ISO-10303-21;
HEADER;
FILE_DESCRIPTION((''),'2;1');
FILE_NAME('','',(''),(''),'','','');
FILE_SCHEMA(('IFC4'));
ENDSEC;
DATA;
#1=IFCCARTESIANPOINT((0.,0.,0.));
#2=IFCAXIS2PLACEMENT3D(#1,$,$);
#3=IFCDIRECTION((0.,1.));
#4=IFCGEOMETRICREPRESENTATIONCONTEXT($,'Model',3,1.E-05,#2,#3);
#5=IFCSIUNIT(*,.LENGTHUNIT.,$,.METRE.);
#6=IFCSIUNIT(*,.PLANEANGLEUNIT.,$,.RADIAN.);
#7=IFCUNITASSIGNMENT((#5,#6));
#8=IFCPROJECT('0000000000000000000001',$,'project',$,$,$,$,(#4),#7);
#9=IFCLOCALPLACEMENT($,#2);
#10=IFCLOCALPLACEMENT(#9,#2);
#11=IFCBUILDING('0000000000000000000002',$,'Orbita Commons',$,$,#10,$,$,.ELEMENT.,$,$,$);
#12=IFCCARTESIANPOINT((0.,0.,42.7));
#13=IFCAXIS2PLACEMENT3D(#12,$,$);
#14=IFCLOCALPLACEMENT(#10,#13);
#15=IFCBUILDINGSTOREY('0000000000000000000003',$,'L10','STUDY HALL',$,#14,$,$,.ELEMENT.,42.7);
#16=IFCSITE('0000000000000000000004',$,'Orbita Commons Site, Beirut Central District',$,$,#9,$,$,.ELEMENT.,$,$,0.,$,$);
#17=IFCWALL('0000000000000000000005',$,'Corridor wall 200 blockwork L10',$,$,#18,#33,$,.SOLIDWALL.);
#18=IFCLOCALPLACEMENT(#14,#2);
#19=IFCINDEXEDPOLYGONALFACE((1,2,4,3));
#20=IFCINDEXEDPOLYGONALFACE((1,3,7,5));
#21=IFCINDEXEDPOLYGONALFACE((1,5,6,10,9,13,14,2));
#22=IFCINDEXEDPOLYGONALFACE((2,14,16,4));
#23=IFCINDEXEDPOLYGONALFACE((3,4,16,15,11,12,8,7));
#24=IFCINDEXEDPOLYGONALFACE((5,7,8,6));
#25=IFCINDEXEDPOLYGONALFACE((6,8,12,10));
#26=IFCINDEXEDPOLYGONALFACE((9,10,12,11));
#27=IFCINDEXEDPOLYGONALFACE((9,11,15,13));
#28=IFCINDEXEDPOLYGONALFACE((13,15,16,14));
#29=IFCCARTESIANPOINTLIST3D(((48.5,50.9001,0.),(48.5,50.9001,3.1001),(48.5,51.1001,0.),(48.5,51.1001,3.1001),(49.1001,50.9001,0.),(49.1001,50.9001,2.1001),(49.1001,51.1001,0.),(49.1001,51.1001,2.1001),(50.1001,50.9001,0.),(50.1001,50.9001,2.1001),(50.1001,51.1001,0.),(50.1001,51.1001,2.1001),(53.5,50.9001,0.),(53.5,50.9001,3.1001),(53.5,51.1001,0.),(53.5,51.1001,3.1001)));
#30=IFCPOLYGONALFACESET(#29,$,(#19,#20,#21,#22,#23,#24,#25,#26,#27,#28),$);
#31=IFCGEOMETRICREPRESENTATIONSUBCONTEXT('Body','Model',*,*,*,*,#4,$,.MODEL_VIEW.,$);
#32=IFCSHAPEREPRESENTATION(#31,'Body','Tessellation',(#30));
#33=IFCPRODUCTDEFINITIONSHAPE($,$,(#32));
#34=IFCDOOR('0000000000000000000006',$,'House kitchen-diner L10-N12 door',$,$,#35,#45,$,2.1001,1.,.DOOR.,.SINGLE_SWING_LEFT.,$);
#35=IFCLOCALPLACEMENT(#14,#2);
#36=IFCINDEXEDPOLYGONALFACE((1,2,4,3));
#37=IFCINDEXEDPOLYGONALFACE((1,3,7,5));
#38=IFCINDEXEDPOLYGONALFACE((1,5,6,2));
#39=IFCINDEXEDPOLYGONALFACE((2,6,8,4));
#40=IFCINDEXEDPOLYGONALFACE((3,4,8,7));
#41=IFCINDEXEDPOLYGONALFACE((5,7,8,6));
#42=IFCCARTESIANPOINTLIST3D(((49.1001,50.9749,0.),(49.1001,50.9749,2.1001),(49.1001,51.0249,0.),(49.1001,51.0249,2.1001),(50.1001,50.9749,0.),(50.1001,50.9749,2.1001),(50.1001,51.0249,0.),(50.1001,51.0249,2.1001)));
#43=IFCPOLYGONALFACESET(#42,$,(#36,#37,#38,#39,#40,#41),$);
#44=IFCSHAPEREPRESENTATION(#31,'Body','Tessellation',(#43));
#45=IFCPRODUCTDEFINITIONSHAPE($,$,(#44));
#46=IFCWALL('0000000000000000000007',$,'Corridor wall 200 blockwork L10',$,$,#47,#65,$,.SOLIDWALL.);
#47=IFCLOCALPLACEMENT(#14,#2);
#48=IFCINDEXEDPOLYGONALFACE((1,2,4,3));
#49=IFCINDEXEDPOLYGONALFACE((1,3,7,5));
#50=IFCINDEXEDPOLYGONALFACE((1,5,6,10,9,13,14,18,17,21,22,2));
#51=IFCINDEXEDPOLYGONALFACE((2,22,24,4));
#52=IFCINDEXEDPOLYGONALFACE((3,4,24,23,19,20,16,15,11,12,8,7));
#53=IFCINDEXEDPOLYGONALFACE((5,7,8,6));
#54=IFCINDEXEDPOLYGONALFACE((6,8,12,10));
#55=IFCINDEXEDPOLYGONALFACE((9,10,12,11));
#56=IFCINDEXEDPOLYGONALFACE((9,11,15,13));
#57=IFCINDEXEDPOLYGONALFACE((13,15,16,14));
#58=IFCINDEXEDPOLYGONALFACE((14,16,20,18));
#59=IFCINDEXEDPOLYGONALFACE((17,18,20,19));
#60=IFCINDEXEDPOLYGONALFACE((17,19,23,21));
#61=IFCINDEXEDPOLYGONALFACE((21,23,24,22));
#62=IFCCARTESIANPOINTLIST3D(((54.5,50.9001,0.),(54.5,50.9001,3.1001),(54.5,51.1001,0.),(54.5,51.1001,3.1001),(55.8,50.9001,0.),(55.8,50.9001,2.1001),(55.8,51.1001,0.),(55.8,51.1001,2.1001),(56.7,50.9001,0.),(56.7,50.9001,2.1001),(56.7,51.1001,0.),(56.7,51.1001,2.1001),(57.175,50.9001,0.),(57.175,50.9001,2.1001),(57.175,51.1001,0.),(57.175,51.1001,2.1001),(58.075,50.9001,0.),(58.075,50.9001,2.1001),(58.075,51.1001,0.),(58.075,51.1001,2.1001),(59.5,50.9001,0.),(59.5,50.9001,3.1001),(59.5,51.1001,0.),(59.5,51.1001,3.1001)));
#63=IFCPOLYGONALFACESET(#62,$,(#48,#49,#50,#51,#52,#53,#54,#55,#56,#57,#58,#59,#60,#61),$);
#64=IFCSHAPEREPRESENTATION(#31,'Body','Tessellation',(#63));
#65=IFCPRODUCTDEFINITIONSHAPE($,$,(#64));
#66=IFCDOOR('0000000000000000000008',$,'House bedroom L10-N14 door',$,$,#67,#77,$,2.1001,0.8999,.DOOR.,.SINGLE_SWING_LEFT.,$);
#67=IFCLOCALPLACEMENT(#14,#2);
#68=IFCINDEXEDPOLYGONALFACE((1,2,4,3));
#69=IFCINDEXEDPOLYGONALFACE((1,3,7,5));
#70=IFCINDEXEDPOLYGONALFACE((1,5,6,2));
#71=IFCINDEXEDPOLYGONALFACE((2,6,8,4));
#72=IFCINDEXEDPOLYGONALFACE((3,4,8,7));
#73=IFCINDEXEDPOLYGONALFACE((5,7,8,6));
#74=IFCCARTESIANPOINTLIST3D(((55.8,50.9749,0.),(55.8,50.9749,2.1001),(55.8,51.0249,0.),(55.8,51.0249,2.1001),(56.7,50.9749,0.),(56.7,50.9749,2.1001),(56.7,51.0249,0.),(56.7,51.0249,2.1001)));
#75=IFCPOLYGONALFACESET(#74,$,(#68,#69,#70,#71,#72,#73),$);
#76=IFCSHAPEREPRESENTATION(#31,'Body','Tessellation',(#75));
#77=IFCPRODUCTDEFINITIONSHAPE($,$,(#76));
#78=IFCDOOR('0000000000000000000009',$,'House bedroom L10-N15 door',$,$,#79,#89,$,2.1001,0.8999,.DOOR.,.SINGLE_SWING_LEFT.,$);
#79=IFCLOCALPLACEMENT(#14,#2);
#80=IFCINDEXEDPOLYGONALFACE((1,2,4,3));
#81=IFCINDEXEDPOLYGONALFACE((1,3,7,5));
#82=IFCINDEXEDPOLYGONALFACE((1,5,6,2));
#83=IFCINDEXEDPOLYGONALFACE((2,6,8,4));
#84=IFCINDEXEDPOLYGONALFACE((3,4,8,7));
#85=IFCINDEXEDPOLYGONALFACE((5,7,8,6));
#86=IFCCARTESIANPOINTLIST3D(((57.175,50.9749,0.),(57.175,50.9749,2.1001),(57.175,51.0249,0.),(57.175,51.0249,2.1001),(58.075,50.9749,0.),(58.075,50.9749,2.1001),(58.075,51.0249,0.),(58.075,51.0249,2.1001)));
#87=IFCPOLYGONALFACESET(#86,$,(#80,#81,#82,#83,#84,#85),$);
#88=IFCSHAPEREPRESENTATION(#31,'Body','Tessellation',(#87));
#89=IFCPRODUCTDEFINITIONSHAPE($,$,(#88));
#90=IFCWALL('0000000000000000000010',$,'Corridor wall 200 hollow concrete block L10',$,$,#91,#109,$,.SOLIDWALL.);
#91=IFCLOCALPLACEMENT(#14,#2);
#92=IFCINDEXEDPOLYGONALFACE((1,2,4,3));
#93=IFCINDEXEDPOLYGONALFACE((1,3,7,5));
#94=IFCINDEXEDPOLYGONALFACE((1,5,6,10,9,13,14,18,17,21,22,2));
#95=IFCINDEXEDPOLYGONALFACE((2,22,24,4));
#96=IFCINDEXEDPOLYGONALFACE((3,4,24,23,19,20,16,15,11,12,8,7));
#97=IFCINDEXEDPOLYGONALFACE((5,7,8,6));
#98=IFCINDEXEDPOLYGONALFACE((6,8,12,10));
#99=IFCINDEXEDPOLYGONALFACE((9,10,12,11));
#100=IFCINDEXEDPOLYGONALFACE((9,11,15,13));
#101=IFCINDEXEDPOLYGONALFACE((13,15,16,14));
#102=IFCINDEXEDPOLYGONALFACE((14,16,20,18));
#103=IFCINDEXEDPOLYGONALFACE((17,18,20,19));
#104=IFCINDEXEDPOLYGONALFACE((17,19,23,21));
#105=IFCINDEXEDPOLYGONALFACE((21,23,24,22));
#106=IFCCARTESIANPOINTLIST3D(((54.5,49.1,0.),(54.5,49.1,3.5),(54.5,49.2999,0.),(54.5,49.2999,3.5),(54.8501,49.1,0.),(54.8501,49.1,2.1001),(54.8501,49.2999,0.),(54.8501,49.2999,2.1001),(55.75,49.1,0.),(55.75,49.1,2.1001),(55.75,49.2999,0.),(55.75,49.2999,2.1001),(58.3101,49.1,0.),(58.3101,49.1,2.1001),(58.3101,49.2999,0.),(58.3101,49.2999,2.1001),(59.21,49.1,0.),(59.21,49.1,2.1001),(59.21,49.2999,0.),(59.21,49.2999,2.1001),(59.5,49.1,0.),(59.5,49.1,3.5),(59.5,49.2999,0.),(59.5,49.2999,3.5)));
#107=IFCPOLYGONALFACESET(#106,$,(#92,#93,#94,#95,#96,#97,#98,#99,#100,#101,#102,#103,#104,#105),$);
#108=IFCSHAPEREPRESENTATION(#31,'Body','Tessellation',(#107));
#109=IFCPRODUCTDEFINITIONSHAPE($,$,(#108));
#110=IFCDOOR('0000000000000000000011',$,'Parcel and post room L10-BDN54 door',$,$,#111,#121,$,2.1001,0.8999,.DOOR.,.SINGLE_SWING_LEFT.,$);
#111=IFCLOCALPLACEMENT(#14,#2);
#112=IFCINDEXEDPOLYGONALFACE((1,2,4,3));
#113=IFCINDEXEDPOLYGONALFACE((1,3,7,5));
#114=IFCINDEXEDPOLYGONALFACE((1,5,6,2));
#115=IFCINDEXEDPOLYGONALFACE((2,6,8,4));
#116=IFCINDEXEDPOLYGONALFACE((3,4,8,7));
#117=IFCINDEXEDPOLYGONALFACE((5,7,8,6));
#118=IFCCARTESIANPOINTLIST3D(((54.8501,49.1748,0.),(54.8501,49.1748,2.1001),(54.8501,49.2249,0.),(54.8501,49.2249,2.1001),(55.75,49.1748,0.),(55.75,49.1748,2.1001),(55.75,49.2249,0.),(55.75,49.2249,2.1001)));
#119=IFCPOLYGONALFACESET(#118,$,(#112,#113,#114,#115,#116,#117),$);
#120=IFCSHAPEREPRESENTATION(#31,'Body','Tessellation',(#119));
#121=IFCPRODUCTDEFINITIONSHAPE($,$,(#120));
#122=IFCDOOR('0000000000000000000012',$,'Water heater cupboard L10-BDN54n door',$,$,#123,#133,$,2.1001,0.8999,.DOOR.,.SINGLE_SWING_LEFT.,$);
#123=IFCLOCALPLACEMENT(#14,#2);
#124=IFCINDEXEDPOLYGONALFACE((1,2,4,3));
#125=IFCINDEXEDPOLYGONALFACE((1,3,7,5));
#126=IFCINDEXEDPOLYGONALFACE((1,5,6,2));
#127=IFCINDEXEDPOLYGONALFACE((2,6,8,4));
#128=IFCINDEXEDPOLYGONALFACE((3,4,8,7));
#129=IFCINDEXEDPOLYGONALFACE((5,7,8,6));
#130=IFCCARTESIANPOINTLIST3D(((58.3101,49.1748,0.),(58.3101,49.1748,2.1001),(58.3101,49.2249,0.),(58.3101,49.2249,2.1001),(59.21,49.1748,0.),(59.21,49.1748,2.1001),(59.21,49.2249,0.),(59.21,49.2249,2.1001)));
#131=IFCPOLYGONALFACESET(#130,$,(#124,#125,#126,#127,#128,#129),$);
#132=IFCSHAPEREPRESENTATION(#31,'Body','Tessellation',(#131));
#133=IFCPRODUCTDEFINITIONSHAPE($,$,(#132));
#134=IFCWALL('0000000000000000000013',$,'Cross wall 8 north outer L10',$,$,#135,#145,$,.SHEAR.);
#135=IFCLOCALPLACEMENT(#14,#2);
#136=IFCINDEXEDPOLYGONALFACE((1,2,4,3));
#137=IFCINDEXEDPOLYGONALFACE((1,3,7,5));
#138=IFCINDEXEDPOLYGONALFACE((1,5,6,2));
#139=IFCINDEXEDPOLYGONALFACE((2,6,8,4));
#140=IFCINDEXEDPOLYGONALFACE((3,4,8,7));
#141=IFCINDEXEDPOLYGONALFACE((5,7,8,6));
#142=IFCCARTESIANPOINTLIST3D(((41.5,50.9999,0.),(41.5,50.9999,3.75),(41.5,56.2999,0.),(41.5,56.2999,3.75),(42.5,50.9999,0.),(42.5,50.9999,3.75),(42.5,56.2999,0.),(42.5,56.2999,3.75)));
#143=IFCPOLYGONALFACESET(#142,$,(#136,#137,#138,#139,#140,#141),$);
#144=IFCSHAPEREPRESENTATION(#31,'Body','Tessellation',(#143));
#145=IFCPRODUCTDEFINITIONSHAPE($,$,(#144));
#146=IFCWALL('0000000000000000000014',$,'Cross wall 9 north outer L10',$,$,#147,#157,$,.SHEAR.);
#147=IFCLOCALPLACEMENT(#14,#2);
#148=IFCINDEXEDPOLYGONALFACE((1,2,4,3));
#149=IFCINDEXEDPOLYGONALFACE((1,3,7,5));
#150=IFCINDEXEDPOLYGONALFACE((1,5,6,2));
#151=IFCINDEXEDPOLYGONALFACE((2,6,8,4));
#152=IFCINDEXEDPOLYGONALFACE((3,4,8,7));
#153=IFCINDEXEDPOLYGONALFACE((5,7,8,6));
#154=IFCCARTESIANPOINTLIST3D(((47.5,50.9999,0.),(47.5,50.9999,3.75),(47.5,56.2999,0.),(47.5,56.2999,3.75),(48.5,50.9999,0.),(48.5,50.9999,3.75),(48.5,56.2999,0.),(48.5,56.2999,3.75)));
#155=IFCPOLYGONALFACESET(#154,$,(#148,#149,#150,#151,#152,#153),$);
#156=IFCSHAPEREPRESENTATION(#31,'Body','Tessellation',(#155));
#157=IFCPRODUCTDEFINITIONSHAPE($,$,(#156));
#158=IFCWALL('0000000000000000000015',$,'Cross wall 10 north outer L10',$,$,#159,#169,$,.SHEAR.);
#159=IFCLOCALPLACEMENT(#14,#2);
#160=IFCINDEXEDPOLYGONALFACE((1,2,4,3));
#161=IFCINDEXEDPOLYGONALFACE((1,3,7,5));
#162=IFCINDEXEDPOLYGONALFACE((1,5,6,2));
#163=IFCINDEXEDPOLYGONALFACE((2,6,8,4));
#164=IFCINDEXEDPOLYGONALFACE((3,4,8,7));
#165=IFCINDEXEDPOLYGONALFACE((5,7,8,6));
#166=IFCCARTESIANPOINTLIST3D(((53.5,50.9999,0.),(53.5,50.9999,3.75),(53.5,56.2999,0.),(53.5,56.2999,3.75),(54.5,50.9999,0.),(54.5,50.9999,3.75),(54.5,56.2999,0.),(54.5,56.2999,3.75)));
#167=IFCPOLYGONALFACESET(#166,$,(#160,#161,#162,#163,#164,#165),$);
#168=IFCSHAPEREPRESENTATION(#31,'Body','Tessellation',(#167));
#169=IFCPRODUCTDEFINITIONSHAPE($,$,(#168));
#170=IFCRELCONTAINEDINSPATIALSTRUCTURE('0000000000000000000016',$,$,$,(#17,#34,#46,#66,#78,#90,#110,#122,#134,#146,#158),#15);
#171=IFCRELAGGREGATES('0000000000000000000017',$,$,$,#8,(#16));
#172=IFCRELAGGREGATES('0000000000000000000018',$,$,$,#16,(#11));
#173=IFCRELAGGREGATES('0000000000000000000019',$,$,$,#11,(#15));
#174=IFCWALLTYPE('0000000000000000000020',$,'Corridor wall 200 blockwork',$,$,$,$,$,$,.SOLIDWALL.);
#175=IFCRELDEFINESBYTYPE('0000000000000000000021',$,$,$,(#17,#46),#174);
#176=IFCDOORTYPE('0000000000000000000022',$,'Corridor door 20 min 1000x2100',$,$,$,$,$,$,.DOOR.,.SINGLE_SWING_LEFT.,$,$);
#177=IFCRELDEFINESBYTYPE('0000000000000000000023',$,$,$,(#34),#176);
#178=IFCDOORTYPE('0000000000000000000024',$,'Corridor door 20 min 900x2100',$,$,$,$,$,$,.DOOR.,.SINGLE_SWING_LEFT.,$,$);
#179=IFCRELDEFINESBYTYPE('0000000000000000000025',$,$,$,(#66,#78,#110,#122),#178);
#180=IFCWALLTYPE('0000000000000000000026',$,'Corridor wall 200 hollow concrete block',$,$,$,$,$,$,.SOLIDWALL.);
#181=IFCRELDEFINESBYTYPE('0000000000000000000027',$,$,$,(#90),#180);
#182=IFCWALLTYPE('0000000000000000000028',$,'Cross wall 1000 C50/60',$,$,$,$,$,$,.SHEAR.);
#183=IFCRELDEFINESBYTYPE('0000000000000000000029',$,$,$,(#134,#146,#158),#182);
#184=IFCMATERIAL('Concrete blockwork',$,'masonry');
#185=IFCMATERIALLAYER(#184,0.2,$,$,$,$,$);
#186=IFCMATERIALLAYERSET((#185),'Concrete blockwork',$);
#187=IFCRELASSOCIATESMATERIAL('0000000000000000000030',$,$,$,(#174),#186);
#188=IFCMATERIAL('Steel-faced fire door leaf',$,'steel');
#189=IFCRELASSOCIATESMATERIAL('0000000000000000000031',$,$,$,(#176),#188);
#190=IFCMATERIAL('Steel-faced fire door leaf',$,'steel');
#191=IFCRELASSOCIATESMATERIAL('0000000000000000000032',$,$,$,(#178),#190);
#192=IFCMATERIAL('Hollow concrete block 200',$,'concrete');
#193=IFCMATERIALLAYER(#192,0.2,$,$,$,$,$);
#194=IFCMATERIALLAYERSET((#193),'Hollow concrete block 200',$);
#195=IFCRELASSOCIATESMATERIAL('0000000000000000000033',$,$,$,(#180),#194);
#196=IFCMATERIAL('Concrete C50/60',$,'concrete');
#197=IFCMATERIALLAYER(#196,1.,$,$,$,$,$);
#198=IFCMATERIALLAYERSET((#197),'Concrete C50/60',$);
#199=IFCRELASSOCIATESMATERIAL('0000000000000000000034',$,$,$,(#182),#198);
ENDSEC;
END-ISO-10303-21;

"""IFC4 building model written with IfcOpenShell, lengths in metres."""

from ifc_helpers import new_model, si_unit, direction, frame, frame_2d, origin, place, context, subcontext, project, spatial, polyline, rectangle, outline, extrude, material, layer, layer_set, type_object, element, fill, save


model = new_model("IFC4")

# Units and contexts
model_context = context("Model", 3, precision=1e-05, world=origin(), true_north=direction((0.0, 1.0)))
body_context = subcontext(model_context, "Body", "Model", "MODEL_VIEW")
ifc_project = project(units=[si_unit("LENGTHUNIT", "METRE"), si_unit("PLANEANGLEUNIT", "RADIAN")], contexts=[model_context])

# Site, building, storey
site_placement = place(None, origin())
site = spatial("IfcSite", under=ifc_project, at=site_placement, Name="Orbita Commons Site, Beirut Central District", CompositionType="ELEMENT", RefElevation=0.0)
building_placement = place(site_placement, origin())
building = spatial("IfcBuilding", under=site, at=building_placement, Name="Orbita Commons", CompositionType="ELEMENT")
storey_placement = place(building_placement, frame((0.0, 0.0, 42.7)))
storey = spatial("IfcBuildingStorey", under=building, at=storey_placement, Name="L10", Description="STUDY HALL", CompositionType="ELEMENT", Elevation=42.7)

# Wall, opening, door
ifc_material_1 = material(Name="Concrete blockwork", Category="masonry")
ifc_layer_1 = layer(ifc_material_1, 0.2)
ifc_layer_set_1 = layer_set([ifc_layer_1], Name="Concrete blockwork")
wall_type_1 = type_object("IfcWallType", Name="Corridor wall 200 blockwork", PredefinedType="SOLIDWALL", material=ifc_layer_set_1)
ifc_material_2 = material(Name="Steel-faced fire door leaf", Category="steel")
door_type_1 = type_object("IfcDoorType", Name="Corridor door 20 min 1000x2100", OperationType="SINGLE_SWING_LEFT", PredefinedType="DOOR", material=ifc_material_2)
wall_1_placement = place(storey_placement, frame((48.5, 51.0, 0.0), z_axis=(0.0, 0.0, 1.0), x_axis=(1.0, 0.0, 0.0)))
wall_1 = element("IfcWall", 1, at=wall_1_placement, inside=storey, type_object=wall_type_1, Name="Corridor wall 200 blockwork L10", PredefinedType="SOLIDWALL", context=body_context, shape_type="SweptSolid", body=[
    extrude(outline(polyline([(0.0, 0.0), (5.0, 0.0), (5.0, 3.1001), (0.0, 3.1001), (0.0, 0.0)])), frame((0.0, 0.1001, 0.0), z_axis=(0.0, -1.0, 0.0), x_axis=(1.0, 0.0, 0.0)), (0.0, 0.0, 1.0), 0.2),
])
opening_1_placement = place(wall_1_placement, frame((0.6001, 0.0, 0.0)))
opening_1 = element("IfcOpeningElement", 2, at=opening_1_placement, cuts=wall_1, PredefinedType="OPENING", context=body_context, shape_type="SweptSolid", body=[
    extrude(rectangle(XDim=1.0, YDim=2.1001, at=frame_2d((0.5, 1.05))), frame((0.0, 0.1099, 0.0), z_axis=(0.0, -1.0, 0.0), x_axis=(1.0, 0.0, 0.0)), (0.0, 0.0, 1.0), 0.22),
])
door_1_placement = place(opening_1_placement, origin())
door_1 = element("IfcDoor", 3, at=door_1_placement, inside=storey, type_object=door_type_1, Name="House kitchen-diner L10-N12 door", OperationType="SINGLE_SWING_LEFT", OverallHeight=2.1001, OverallWidth=1.0, PredefinedType="DOOR", context=body_context, shape_type="SweptSolid", body=[
    extrude(rectangle(XDim=1.0, YDim=2.1001, at=frame_2d((0.5, 1.05))), frame((0.0, 0.0249, 0.0), z_axis=(0.0, -1.0, 0.0), x_axis=(1.0, 0.0, 0.0)), (0.0, 0.0, 1.0), 0.05),
])
fill(opening_1, door_1)

# Walls, openings, doors
wall_2_placement = place(storey_placement, frame((54.5, 51.0, 0.0), z_axis=(0.0, 0.0, 1.0), x_axis=(1.0, 0.0, 0.0)))
wall_2 = element("IfcWall", 4, at=wall_2_placement, inside=storey, type_object=wall_type_1, Name="Corridor wall 200 blockwork L10", PredefinedType="SOLIDWALL", context=body_context, shape_type="SweptSolid", body=[
    extrude(outline(polyline([(0.0, 0.0), (5.0, 0.0), (5.0, 3.1001), (0.0, 3.1001), (0.0, 0.0)])), frame((0.0, 0.1001, 0.0), z_axis=(0.0, -1.0, 0.0), x_axis=(1.0, 0.0, 0.0)), (0.0, 0.0, 1.0), 0.2),
])
opening_2_placement = place(wall_2_placement, frame((1.3, 0.0, 0.0)))
opening_2 = element("IfcOpeningElement", 5, at=opening_2_placement, cuts=wall_2, PredefinedType="OPENING", context=body_context, shape_type="SweptSolid", body=[
    extrude(rectangle(XDim=0.8999, YDim=2.1001, at=frame_2d((0.45, 1.05))), frame((0.0, 0.1099, 0.0), z_axis=(0.0, -1.0, 0.0), x_axis=(1.0, 0.0, 0.0)), (0.0, 0.0, 1.0), 0.22),
])
opening_3_placement = place(wall_2_placement, frame((2.675, 0.0, 0.0)))
opening_3 = element("IfcOpeningElement", 6, at=opening_3_placement, cuts=wall_2, PredefinedType="OPENING", context=body_context, shape_type="SweptSolid", body=[
    extrude(rectangle(XDim=0.8999, YDim=2.1001, at=frame_2d((0.45, 1.05))), frame((0.0, 0.1099, 0.0), z_axis=(0.0, -1.0, 0.0), x_axis=(1.0, 0.0, 0.0)), (0.0, 0.0, 1.0), 0.22),
])
ifc_material_3 = material(Name="Steel-faced fire door leaf", Category="steel")
door_type_2 = type_object("IfcDoorType", Name="Corridor door 20 min 900x2100", OperationType="SINGLE_SWING_LEFT", PredefinedType="DOOR", material=ifc_material_3)
door_2_placement = place(opening_2_placement, origin())
door_2 = element("IfcDoor", 7, at=door_2_placement, inside=storey, type_object=door_type_2, Name="House bedroom L10-N14 door", OperationType="SINGLE_SWING_LEFT", OverallHeight=2.1001, OverallWidth=0.8999, PredefinedType="DOOR", context=body_context, shape_type="SweptSolid", body=[
    extrude(rectangle(XDim=0.8999, YDim=2.1001, at=frame_2d((0.45, 1.05))), frame((0.0, 0.0249, 0.0), z_axis=(0.0, -1.0, 0.0), x_axis=(1.0, 0.0, 0.0)), (0.0, 0.0, 1.0), 0.05),
])
fill(opening_2, door_2)
door_3_placement = place(opening_3_placement, origin())
door_3 = element("IfcDoor", 8, at=door_3_placement, inside=storey, type_object=door_type_2, Name="House bedroom L10-N15 door", OperationType="SINGLE_SWING_LEFT", OverallHeight=2.1001, OverallWidth=0.8999, PredefinedType="DOOR", context=body_context, shape_type="SweptSolid", body=[
    extrude(rectangle(XDim=0.8999, YDim=2.1001, at=frame_2d((0.45, 1.05))), frame((0.0, 0.0249, 0.0), z_axis=(0.0, -1.0, 0.0), x_axis=(1.0, 0.0, 0.0)), (0.0, 0.0, 1.0), 0.05),
])
fill(opening_3, door_3)
ifc_material_4 = material(Name="Hollow concrete block 200", Category="concrete")
ifc_layer_2 = layer(ifc_material_4, 0.2)
ifc_layer_set_2 = layer_set([ifc_layer_2], Name="Hollow concrete block 200")
wall_type_2 = type_object("IfcWallType", Name="Corridor wall 200 hollow concrete block", PredefinedType="SOLIDWALL", material=ifc_layer_set_2)
wall_3_placement = place(storey_placement, frame((54.5, 49.2, 0.0), z_axis=(0.0, 0.0, 1.0), x_axis=(1.0, 0.0, 0.0)))
wall_3 = element("IfcWall", 9, at=wall_3_placement, inside=storey, type_object=wall_type_2, Name="Corridor wall 200 hollow concrete block L10", PredefinedType="SOLIDWALL", context=body_context, shape_type="SweptSolid", body=[
    extrude(rectangle(XDim=5.0, YDim=0.2, at=frame_2d((2.5, 0.0))), origin(), (0.0, 0.0, 1.0), 3.5),
])
opening_4_placement = place(wall_3_placement, frame((0.3501, 0.0, 0.0)))
opening_4 = element("IfcOpeningElement", 10, at=opening_4_placement, cuts=wall_3, PredefinedType="OPENING", context=body_context, shape_type="SweptSolid", body=[
    extrude(rectangle(XDim=0.8999, YDim=2.1001, at=frame_2d((0.45, 1.05))), frame((0.0, 0.1099, 0.0), z_axis=(0.0, -1.0, 0.0), x_axis=(1.0, 0.0, 0.0)), (0.0, 0.0, 1.0), 0.22),
])
opening_5_placement = place(wall_3_placement, frame((3.8101, 0.0, 0.0)))
opening_5 = element("IfcOpeningElement", 11, at=opening_5_placement, cuts=wall_3, PredefinedType="OPENING", context=body_context, shape_type="SweptSolid", body=[
    extrude(rectangle(XDim=0.8999, YDim=2.1001, at=frame_2d((0.45, 1.05))), frame((0.0, 0.1099, 0.0), z_axis=(0.0, -1.0, 0.0), x_axis=(1.0, 0.0, 0.0)), (0.0, 0.0, 1.0), 0.22),
])
door_4_placement = place(opening_4_placement, origin())
door_4 = element("IfcDoor", 12, at=door_4_placement, inside=storey, type_object=door_type_2, Name="Parcel and post room L10-BDN54 door", OperationType="SINGLE_SWING_LEFT", OverallHeight=2.1001, OverallWidth=0.8999, PredefinedType="DOOR", context=body_context, shape_type="SweptSolid", body=[
    extrude(rectangle(XDim=0.8999, YDim=2.1001, at=frame_2d((0.45, 1.05))), frame((0.0, 0.0249, 0.0), z_axis=(0.0, -1.0, 0.0), x_axis=(1.0, 0.0, 0.0)), (0.0, 0.0, 1.0), 0.05),
])
fill(opening_4, door_4)
door_5_placement = place(opening_5_placement, origin())
door_5 = element("IfcDoor", 13, at=door_5_placement, inside=storey, type_object=door_type_2, Name="Water heater cupboard L10-BDN54n door", OperationType="SINGLE_SWING_LEFT", OverallHeight=2.1001, OverallWidth=0.8999, PredefinedType="DOOR", context=body_context, shape_type="SweptSolid", body=[
    extrude(rectangle(XDim=0.8999, YDim=2.1001, at=frame_2d((0.45, 1.05))), frame((0.0, 0.0249, 0.0), z_axis=(0.0, -1.0, 0.0), x_axis=(1.0, 0.0, 0.0)), (0.0, 0.0, 1.0), 0.05),
])
fill(opening_5, door_5)

# Walls
ifc_material_5 = material(Name="Concrete C50/60", Category="concrete")
ifc_layer_3 = layer(ifc_material_5, 1.0)
ifc_layer_set_3 = layer_set([ifc_layer_3], Name="Concrete C50/60")
wall_type_3 = type_object("IfcWallType", Name="Cross wall 1000 C50/60", PredefinedType="SHEAR", material=ifc_layer_set_3)
for number, where, z_axis, x_axis, name in (
    (14, (42.0, 51.0, 0.0), (0.0, 0.0, 1.0), (0.0, 1.0, 0.0), "Cross wall 8 north outer L10"),
    (15, (48.0, 51.0, 0.0), (0.0, 0.0, 1.0), (0.0, 1.0, 0.0), "Cross wall 9 north outer L10"),
    (16, (54.0, 51.0, 0.0), (0.0, 0.0, 1.0), (0.0, 1.0, 0.0), "Cross wall 10 north outer L10"),
):
    element("IfcWall", number, at=place(storey_placement, frame(where, z_axis=z_axis, x_axis=x_axis)), inside=storey, type_object=wall_type_3, Name=name, PredefinedType="SHEAR", context=body_context, shape_type="SweptSolid", body=[
        extrude(rectangle(XDim=5.3, YDim=1.0, at=frame_2d((2.6499, 0.0))), origin(), (0.0, 0.0, 1.0), 3.75),
    ])

save(model, "model.ifc")
